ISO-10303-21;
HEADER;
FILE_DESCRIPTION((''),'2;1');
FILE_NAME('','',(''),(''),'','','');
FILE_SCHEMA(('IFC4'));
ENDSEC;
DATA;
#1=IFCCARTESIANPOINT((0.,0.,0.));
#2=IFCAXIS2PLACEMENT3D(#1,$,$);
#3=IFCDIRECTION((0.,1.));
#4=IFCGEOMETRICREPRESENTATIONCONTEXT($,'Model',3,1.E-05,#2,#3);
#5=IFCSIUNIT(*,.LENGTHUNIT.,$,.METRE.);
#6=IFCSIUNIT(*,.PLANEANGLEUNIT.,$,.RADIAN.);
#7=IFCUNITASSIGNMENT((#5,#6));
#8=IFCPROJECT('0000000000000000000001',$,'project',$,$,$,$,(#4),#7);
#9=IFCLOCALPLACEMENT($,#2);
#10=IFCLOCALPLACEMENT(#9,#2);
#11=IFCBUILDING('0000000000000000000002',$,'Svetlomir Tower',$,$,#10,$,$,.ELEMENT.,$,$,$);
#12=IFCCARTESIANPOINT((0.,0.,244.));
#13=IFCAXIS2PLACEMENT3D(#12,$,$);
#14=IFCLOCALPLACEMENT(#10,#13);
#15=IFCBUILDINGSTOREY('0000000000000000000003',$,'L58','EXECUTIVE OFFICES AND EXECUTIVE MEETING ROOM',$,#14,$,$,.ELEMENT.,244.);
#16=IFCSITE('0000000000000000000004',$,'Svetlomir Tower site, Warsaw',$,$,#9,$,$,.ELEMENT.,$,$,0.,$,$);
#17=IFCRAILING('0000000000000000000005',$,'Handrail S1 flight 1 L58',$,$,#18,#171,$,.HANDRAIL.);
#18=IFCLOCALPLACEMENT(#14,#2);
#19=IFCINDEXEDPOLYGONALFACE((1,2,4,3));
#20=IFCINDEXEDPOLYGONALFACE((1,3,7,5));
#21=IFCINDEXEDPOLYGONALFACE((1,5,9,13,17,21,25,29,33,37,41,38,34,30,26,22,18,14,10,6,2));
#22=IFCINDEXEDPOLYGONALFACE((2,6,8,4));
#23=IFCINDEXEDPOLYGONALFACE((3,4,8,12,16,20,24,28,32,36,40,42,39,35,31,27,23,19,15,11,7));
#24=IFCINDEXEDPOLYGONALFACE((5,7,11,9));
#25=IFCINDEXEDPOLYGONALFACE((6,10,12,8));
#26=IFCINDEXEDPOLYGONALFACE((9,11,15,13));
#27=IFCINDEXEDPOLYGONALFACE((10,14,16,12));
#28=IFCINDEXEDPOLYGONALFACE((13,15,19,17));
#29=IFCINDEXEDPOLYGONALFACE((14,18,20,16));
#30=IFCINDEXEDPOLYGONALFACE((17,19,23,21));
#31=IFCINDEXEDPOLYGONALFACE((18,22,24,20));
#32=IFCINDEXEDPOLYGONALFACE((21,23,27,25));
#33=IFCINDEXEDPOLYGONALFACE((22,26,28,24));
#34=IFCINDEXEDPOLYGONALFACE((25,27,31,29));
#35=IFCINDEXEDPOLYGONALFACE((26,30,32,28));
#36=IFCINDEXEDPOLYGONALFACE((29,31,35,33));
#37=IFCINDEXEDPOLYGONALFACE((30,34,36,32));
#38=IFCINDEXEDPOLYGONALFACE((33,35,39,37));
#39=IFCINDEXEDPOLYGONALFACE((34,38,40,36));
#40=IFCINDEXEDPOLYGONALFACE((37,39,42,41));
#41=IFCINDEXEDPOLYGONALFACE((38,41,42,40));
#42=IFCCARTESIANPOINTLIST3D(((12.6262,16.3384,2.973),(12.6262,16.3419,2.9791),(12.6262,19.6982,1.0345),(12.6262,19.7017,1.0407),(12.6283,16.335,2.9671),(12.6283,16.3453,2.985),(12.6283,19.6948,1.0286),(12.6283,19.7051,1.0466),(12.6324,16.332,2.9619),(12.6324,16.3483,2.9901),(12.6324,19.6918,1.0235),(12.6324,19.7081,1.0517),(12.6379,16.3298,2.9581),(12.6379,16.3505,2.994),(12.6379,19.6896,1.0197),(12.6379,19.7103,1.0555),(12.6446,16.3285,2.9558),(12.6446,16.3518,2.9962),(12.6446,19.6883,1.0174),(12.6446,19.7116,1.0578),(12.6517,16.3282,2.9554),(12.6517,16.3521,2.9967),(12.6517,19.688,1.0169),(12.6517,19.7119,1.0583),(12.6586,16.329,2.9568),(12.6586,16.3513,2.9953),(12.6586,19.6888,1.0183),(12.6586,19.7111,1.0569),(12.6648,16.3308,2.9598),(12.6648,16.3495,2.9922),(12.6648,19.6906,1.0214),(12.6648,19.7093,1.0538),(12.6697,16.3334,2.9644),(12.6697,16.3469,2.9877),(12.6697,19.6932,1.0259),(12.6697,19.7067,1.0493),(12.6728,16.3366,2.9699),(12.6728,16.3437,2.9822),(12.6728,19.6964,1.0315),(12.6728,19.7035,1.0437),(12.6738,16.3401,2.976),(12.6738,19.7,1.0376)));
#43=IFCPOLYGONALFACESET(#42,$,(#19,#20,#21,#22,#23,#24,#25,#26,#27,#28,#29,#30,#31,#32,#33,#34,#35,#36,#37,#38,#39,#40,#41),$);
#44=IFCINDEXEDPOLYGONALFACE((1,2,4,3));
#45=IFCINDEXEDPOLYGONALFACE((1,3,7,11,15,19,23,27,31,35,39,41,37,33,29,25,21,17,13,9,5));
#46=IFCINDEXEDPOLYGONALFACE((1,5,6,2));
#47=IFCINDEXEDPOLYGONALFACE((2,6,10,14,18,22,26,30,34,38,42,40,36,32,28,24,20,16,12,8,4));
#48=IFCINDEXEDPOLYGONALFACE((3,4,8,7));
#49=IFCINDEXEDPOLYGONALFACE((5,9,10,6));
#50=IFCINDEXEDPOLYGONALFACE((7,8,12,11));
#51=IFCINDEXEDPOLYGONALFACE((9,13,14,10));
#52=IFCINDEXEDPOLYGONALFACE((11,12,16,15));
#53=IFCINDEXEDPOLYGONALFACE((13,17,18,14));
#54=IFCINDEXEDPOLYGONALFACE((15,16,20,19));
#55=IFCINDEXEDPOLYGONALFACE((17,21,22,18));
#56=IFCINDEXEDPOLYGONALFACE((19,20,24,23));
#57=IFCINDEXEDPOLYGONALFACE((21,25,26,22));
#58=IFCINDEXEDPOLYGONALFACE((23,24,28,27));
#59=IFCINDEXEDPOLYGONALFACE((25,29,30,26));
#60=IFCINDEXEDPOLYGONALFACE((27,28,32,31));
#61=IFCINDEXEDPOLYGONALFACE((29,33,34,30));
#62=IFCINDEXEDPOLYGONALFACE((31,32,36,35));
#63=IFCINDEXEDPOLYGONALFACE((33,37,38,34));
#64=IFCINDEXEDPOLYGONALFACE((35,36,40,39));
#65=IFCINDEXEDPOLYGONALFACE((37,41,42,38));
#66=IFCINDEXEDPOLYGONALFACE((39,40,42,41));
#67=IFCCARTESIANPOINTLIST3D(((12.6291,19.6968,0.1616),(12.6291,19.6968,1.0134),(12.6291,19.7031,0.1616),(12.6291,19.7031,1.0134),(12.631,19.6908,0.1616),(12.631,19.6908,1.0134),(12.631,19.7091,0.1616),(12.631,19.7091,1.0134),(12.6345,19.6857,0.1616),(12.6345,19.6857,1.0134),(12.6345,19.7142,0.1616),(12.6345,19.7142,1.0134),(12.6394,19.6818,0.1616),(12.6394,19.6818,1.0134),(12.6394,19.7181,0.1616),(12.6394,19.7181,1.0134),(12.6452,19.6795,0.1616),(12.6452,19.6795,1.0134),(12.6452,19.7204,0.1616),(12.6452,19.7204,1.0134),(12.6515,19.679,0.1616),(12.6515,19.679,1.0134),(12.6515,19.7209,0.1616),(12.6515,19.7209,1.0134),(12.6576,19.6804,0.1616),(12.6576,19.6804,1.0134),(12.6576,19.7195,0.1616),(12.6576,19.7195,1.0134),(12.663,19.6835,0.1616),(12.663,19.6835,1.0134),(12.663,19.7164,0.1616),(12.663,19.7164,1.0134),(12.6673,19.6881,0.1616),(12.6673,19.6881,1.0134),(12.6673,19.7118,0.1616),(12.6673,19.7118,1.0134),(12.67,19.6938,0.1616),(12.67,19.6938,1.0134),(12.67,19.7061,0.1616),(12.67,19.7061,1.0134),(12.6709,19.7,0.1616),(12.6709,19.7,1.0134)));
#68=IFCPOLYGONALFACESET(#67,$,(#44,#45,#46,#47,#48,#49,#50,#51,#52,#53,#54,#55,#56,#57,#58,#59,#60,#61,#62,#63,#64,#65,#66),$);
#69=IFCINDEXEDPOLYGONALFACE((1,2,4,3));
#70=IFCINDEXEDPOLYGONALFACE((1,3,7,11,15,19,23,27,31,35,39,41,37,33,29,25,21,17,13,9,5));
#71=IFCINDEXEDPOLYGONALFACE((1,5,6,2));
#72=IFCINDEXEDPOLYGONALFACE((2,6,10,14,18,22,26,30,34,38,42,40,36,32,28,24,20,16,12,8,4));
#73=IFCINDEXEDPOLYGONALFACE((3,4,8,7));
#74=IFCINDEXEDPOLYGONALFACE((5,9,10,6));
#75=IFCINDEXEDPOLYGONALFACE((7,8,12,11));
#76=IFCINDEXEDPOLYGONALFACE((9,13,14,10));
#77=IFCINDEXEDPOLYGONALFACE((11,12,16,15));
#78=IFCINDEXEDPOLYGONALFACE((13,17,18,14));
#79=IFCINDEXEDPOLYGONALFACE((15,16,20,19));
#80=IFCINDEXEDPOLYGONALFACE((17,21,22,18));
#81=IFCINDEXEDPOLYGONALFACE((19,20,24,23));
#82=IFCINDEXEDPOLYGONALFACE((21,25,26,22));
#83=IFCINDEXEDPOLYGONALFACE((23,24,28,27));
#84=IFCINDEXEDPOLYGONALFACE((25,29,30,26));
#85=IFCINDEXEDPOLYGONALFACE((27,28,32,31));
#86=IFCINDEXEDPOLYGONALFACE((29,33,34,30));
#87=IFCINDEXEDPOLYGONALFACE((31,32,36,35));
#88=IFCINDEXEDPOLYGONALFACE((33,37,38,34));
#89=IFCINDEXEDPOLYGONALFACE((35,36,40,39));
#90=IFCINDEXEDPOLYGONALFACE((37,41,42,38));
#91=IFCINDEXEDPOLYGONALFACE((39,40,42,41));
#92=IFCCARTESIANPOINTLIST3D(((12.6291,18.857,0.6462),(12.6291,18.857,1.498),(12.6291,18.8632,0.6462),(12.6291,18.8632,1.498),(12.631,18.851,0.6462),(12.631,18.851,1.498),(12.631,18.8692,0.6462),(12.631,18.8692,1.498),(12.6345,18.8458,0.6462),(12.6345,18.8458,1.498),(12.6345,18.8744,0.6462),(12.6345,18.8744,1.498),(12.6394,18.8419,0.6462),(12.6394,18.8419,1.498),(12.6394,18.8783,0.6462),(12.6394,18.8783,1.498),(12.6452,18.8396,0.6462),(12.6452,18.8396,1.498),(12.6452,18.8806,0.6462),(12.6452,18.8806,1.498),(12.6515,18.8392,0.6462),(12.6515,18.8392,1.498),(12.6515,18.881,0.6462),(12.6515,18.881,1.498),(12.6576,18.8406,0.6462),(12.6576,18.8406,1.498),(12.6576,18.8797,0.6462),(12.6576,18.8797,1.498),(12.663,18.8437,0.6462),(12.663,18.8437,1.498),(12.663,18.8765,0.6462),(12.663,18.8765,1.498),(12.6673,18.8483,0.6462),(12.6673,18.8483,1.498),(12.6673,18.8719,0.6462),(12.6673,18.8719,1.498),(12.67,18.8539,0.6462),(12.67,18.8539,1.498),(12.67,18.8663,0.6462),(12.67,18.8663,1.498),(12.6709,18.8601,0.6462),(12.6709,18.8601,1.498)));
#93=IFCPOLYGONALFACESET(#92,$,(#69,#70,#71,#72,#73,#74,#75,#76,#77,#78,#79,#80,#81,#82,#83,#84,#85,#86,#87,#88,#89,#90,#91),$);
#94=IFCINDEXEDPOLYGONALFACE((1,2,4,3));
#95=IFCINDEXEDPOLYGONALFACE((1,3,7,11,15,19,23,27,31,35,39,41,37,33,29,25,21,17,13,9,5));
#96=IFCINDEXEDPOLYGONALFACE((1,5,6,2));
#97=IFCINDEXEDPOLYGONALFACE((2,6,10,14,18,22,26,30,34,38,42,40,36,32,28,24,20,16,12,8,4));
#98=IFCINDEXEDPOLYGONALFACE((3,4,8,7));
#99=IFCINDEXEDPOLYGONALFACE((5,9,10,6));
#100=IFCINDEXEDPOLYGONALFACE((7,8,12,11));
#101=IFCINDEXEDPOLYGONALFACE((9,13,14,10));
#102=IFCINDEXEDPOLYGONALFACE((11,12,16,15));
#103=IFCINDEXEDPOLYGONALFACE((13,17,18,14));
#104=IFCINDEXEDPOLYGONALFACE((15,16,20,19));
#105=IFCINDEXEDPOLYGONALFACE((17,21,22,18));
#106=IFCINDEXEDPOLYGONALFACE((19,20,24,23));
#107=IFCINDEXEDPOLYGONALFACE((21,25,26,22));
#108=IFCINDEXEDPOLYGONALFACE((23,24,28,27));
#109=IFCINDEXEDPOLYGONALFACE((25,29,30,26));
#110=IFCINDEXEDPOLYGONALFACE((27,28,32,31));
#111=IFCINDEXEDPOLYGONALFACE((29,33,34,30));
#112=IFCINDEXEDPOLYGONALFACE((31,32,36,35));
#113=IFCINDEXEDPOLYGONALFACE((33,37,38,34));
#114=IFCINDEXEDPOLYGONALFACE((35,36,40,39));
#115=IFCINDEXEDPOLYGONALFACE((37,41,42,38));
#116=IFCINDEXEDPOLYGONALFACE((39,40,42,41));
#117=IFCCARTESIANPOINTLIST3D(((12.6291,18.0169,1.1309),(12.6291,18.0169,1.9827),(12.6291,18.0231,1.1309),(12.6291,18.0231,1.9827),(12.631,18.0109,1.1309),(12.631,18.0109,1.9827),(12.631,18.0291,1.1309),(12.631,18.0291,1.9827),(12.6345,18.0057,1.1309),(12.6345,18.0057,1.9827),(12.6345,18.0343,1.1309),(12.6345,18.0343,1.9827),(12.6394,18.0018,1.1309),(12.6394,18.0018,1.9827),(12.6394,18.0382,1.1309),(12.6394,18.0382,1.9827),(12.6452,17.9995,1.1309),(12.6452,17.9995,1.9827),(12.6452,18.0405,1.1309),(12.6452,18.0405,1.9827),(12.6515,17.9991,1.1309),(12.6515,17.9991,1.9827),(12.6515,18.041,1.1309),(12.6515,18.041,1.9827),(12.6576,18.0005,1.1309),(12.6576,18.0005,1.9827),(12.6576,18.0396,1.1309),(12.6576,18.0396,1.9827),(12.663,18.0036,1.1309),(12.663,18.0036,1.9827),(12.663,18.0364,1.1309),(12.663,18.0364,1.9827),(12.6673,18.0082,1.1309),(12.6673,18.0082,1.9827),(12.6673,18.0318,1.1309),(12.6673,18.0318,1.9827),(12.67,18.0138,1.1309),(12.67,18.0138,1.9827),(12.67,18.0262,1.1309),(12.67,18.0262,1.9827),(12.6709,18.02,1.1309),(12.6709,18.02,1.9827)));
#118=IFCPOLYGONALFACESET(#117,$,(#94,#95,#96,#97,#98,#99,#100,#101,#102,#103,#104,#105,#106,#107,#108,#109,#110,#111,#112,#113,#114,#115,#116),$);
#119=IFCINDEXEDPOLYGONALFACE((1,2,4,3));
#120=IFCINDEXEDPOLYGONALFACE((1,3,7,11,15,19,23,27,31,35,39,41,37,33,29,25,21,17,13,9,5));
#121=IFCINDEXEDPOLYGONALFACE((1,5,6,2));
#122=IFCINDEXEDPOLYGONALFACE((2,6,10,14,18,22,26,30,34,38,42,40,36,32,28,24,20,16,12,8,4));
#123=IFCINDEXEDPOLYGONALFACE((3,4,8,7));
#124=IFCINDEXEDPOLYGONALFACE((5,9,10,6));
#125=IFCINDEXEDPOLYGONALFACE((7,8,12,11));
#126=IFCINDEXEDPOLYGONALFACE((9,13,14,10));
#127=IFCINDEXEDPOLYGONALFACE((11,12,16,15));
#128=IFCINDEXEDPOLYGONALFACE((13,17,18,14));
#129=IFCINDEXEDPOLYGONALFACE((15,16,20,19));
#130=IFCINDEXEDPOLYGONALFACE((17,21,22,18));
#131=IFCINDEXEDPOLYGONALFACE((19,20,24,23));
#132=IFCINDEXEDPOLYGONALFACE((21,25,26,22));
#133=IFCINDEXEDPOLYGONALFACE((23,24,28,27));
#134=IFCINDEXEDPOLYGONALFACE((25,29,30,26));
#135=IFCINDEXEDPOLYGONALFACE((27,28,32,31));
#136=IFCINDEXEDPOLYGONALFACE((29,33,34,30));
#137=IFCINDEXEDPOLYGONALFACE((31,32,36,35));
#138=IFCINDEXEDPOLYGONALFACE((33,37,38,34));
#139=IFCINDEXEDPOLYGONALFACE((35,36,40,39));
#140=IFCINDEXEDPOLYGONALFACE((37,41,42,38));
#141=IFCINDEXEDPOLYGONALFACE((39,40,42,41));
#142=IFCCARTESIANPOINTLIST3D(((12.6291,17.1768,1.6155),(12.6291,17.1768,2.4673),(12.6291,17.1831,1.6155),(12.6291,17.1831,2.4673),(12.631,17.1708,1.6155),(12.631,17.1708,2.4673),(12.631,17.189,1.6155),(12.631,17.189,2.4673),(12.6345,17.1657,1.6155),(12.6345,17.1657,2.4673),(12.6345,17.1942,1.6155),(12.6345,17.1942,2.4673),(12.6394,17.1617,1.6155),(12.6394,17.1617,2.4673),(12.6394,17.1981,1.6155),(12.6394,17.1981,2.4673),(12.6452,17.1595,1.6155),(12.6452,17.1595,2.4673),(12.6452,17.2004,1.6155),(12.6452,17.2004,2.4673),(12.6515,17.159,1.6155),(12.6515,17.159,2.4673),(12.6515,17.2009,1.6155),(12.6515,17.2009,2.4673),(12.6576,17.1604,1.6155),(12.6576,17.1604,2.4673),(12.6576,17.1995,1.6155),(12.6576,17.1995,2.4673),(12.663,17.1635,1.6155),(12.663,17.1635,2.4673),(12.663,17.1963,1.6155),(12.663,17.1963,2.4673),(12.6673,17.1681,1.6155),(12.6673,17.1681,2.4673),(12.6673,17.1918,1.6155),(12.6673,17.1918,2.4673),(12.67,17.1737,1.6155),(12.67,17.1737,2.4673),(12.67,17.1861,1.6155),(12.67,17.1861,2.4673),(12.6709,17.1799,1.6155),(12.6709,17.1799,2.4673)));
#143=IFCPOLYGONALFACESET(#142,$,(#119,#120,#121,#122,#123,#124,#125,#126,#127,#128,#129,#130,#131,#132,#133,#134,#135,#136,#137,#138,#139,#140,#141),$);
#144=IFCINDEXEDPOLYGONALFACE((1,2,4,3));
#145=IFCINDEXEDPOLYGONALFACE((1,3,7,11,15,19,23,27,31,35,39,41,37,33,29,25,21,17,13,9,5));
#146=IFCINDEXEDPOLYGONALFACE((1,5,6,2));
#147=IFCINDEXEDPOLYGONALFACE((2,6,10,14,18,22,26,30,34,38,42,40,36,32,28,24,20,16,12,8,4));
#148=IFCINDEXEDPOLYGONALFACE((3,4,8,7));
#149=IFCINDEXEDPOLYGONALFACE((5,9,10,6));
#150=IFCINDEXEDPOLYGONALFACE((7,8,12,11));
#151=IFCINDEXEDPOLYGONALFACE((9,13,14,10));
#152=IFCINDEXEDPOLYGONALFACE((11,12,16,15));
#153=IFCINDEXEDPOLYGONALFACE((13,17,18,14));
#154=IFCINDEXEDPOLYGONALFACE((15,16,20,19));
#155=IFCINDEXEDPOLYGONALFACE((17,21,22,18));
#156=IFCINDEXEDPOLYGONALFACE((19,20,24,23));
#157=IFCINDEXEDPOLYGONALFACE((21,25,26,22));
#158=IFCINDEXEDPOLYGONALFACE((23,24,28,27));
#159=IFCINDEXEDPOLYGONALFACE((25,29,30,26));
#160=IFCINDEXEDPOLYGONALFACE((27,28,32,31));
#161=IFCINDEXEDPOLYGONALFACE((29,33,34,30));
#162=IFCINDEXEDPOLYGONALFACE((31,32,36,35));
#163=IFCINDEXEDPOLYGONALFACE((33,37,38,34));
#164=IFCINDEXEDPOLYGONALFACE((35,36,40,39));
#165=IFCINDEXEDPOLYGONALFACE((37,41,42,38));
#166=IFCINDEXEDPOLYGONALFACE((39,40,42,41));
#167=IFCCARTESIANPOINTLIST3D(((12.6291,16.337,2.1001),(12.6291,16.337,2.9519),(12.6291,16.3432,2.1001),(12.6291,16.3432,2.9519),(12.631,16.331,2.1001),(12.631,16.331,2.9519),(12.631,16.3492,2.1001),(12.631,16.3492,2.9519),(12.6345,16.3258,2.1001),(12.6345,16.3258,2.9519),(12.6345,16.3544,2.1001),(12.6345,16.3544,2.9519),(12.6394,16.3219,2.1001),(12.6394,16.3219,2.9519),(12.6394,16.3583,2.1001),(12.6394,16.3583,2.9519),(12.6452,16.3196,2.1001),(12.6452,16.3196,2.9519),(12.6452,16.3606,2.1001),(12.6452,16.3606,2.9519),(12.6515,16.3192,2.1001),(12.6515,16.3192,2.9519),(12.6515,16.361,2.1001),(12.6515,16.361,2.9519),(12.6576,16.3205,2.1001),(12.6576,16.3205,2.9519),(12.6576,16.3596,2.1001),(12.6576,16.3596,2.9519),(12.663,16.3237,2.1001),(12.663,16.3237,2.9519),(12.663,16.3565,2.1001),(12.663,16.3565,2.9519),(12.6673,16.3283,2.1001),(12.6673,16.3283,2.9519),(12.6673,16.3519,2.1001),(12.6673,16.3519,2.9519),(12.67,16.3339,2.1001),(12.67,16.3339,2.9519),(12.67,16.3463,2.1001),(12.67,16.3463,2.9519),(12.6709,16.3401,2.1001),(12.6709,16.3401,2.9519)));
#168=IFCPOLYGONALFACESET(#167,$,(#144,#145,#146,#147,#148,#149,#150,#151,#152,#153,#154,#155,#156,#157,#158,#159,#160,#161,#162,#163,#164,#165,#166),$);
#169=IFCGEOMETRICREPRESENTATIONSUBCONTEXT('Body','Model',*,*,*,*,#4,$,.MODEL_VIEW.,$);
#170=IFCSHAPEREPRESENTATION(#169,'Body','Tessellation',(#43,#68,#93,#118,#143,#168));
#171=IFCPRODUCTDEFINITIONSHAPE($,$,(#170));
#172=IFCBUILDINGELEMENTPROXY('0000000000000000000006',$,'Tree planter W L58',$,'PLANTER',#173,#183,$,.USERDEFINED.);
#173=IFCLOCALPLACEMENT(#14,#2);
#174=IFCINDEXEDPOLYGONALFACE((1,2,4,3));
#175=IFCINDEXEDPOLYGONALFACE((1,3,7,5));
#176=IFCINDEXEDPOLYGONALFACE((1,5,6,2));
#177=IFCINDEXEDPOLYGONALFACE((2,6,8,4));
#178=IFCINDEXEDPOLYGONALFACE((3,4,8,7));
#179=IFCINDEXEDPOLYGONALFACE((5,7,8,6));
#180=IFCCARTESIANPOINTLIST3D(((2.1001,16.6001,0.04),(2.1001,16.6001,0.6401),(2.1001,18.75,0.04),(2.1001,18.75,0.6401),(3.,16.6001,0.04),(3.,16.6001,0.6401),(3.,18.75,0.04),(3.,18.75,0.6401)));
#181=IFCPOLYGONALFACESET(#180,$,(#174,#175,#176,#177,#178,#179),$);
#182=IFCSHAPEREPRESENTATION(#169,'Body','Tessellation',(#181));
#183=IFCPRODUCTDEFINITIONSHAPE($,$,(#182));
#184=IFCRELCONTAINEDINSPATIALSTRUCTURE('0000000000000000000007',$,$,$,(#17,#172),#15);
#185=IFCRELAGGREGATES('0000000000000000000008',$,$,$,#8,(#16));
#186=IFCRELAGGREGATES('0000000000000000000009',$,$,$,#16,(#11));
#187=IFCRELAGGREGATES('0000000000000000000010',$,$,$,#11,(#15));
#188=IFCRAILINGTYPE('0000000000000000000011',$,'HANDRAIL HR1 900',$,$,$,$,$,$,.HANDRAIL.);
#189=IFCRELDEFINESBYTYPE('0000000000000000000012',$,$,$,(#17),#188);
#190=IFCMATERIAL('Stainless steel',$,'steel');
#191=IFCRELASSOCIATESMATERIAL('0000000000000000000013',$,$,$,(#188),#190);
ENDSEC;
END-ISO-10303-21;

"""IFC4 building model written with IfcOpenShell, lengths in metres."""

from ifc_helpers import new_model, si_unit, direction, frame, origin, origin_2d, place, context, subcontext, project, spatial, rectangle, circle, extrude, material, type_object, element, save


model = new_model("IFC4")

# Units and contexts
model_context = context("Model", 3, precision=1e-05, world=origin(), true_north=direction((0.0, 1.0)))
body_context = subcontext(model_context, "Body", "Model", "MODEL_VIEW")
ifc_project = project(units=[si_unit("LENGTHUNIT", "METRE"), si_unit("PLANEANGLEUNIT", "RADIAN")], contexts=[model_context])

# Site, building, storey
site_placement = place(None, origin())
site = spatial("IfcSite", under=ifc_project, at=site_placement, Name="Svetlomir Tower site, Warsaw", CompositionType="ELEMENT", RefElevation=0.0)
building_placement = place(site_placement, origin())
building = spatial("IfcBuilding", under=site, at=building_placement, Name="Svetlomir Tower", CompositionType="ELEMENT")
storey_placement = place(building_placement, frame((0.0, 0.0, 244.0)))
storey = spatial("IfcBuildingStorey", under=building, at=storey_placement, Name="L58", Description="EXECUTIVE OFFICES AND EXECUTIVE MEETING ROOM", CompositionType="ELEMENT", Elevation=244.0)

# Railing
ifc_material_1 = material(Name="Stainless steel", Category="steel")
railing_type_1 = type_object("IfcRailingType", Name="HANDRAIL HR1 900", PredefinedType="HANDRAIL", material=ifc_material_1)
railing_placement = place(storey_placement, frame((12.6499, 19.7, 0.1616)))
element("IfcRailing", 1, at=railing_placement, inside=storey, type_object=railing_type_1, Name="Handrail S1 flight 1 L58", PredefinedType="HANDRAIL", context=body_context, shape_type="SweptSolid", body=[
    extrude(circle(Radius=0.0239, at=origin_2d()), frame((0.0, 0.0, 0.876), z_axis=(0.0, -0.866175, 0.499741), x_axis=(1.0, 0.0, 0.0)), (0.0, 0.0, 1.0), 3.8789),
    extrude(circle(Radius=0.021, at=origin_2d()), origin(), (0.0, 0.0, 1.0), 0.8518),
    extrude(circle(Radius=0.021, at=origin_2d()), frame((0.0, -0.8398, 0.4846)), (0.0, 0.0, 1.0), 0.8518),
    extrude(circle(Radius=0.021, at=origin_2d()), frame((0.0, -1.6799, 0.9692)), (0.0, 0.0, 1.0), 0.8518),
    extrude(circle(Radius=0.021, at=origin_2d()), frame((0.0, -2.52, 1.4539)), (0.0, 0.0, 1.0), 0.8518),
    extrude(circle(Radius=0.021, at=origin_2d()), frame((0.0, -3.3599, 1.9385)), (0.0, 0.0, 1.0), 0.8518),
])

# Building element proxy
proxy_placement = place(storey_placement, frame((2.55, 17.675, 0.04), z_axis=(0.0, 0.0, 1.0), x_axis=(1.0, 0.0, 0.0)))
element("IfcBuildingElementProxy", 2, at=proxy_placement, inside=storey, Name="Tree planter W L58", ObjectType="PLANTER", PredefinedType="USERDEFINED", context=body_context, shape_type="SweptSolid", body=[
    extrude(rectangle(XDim=0.8999, YDim=2.1499, at=origin_2d()), origin(), (0.0, 0.0, 1.0), 0.6001),
])

save(model, "model.ifc")
